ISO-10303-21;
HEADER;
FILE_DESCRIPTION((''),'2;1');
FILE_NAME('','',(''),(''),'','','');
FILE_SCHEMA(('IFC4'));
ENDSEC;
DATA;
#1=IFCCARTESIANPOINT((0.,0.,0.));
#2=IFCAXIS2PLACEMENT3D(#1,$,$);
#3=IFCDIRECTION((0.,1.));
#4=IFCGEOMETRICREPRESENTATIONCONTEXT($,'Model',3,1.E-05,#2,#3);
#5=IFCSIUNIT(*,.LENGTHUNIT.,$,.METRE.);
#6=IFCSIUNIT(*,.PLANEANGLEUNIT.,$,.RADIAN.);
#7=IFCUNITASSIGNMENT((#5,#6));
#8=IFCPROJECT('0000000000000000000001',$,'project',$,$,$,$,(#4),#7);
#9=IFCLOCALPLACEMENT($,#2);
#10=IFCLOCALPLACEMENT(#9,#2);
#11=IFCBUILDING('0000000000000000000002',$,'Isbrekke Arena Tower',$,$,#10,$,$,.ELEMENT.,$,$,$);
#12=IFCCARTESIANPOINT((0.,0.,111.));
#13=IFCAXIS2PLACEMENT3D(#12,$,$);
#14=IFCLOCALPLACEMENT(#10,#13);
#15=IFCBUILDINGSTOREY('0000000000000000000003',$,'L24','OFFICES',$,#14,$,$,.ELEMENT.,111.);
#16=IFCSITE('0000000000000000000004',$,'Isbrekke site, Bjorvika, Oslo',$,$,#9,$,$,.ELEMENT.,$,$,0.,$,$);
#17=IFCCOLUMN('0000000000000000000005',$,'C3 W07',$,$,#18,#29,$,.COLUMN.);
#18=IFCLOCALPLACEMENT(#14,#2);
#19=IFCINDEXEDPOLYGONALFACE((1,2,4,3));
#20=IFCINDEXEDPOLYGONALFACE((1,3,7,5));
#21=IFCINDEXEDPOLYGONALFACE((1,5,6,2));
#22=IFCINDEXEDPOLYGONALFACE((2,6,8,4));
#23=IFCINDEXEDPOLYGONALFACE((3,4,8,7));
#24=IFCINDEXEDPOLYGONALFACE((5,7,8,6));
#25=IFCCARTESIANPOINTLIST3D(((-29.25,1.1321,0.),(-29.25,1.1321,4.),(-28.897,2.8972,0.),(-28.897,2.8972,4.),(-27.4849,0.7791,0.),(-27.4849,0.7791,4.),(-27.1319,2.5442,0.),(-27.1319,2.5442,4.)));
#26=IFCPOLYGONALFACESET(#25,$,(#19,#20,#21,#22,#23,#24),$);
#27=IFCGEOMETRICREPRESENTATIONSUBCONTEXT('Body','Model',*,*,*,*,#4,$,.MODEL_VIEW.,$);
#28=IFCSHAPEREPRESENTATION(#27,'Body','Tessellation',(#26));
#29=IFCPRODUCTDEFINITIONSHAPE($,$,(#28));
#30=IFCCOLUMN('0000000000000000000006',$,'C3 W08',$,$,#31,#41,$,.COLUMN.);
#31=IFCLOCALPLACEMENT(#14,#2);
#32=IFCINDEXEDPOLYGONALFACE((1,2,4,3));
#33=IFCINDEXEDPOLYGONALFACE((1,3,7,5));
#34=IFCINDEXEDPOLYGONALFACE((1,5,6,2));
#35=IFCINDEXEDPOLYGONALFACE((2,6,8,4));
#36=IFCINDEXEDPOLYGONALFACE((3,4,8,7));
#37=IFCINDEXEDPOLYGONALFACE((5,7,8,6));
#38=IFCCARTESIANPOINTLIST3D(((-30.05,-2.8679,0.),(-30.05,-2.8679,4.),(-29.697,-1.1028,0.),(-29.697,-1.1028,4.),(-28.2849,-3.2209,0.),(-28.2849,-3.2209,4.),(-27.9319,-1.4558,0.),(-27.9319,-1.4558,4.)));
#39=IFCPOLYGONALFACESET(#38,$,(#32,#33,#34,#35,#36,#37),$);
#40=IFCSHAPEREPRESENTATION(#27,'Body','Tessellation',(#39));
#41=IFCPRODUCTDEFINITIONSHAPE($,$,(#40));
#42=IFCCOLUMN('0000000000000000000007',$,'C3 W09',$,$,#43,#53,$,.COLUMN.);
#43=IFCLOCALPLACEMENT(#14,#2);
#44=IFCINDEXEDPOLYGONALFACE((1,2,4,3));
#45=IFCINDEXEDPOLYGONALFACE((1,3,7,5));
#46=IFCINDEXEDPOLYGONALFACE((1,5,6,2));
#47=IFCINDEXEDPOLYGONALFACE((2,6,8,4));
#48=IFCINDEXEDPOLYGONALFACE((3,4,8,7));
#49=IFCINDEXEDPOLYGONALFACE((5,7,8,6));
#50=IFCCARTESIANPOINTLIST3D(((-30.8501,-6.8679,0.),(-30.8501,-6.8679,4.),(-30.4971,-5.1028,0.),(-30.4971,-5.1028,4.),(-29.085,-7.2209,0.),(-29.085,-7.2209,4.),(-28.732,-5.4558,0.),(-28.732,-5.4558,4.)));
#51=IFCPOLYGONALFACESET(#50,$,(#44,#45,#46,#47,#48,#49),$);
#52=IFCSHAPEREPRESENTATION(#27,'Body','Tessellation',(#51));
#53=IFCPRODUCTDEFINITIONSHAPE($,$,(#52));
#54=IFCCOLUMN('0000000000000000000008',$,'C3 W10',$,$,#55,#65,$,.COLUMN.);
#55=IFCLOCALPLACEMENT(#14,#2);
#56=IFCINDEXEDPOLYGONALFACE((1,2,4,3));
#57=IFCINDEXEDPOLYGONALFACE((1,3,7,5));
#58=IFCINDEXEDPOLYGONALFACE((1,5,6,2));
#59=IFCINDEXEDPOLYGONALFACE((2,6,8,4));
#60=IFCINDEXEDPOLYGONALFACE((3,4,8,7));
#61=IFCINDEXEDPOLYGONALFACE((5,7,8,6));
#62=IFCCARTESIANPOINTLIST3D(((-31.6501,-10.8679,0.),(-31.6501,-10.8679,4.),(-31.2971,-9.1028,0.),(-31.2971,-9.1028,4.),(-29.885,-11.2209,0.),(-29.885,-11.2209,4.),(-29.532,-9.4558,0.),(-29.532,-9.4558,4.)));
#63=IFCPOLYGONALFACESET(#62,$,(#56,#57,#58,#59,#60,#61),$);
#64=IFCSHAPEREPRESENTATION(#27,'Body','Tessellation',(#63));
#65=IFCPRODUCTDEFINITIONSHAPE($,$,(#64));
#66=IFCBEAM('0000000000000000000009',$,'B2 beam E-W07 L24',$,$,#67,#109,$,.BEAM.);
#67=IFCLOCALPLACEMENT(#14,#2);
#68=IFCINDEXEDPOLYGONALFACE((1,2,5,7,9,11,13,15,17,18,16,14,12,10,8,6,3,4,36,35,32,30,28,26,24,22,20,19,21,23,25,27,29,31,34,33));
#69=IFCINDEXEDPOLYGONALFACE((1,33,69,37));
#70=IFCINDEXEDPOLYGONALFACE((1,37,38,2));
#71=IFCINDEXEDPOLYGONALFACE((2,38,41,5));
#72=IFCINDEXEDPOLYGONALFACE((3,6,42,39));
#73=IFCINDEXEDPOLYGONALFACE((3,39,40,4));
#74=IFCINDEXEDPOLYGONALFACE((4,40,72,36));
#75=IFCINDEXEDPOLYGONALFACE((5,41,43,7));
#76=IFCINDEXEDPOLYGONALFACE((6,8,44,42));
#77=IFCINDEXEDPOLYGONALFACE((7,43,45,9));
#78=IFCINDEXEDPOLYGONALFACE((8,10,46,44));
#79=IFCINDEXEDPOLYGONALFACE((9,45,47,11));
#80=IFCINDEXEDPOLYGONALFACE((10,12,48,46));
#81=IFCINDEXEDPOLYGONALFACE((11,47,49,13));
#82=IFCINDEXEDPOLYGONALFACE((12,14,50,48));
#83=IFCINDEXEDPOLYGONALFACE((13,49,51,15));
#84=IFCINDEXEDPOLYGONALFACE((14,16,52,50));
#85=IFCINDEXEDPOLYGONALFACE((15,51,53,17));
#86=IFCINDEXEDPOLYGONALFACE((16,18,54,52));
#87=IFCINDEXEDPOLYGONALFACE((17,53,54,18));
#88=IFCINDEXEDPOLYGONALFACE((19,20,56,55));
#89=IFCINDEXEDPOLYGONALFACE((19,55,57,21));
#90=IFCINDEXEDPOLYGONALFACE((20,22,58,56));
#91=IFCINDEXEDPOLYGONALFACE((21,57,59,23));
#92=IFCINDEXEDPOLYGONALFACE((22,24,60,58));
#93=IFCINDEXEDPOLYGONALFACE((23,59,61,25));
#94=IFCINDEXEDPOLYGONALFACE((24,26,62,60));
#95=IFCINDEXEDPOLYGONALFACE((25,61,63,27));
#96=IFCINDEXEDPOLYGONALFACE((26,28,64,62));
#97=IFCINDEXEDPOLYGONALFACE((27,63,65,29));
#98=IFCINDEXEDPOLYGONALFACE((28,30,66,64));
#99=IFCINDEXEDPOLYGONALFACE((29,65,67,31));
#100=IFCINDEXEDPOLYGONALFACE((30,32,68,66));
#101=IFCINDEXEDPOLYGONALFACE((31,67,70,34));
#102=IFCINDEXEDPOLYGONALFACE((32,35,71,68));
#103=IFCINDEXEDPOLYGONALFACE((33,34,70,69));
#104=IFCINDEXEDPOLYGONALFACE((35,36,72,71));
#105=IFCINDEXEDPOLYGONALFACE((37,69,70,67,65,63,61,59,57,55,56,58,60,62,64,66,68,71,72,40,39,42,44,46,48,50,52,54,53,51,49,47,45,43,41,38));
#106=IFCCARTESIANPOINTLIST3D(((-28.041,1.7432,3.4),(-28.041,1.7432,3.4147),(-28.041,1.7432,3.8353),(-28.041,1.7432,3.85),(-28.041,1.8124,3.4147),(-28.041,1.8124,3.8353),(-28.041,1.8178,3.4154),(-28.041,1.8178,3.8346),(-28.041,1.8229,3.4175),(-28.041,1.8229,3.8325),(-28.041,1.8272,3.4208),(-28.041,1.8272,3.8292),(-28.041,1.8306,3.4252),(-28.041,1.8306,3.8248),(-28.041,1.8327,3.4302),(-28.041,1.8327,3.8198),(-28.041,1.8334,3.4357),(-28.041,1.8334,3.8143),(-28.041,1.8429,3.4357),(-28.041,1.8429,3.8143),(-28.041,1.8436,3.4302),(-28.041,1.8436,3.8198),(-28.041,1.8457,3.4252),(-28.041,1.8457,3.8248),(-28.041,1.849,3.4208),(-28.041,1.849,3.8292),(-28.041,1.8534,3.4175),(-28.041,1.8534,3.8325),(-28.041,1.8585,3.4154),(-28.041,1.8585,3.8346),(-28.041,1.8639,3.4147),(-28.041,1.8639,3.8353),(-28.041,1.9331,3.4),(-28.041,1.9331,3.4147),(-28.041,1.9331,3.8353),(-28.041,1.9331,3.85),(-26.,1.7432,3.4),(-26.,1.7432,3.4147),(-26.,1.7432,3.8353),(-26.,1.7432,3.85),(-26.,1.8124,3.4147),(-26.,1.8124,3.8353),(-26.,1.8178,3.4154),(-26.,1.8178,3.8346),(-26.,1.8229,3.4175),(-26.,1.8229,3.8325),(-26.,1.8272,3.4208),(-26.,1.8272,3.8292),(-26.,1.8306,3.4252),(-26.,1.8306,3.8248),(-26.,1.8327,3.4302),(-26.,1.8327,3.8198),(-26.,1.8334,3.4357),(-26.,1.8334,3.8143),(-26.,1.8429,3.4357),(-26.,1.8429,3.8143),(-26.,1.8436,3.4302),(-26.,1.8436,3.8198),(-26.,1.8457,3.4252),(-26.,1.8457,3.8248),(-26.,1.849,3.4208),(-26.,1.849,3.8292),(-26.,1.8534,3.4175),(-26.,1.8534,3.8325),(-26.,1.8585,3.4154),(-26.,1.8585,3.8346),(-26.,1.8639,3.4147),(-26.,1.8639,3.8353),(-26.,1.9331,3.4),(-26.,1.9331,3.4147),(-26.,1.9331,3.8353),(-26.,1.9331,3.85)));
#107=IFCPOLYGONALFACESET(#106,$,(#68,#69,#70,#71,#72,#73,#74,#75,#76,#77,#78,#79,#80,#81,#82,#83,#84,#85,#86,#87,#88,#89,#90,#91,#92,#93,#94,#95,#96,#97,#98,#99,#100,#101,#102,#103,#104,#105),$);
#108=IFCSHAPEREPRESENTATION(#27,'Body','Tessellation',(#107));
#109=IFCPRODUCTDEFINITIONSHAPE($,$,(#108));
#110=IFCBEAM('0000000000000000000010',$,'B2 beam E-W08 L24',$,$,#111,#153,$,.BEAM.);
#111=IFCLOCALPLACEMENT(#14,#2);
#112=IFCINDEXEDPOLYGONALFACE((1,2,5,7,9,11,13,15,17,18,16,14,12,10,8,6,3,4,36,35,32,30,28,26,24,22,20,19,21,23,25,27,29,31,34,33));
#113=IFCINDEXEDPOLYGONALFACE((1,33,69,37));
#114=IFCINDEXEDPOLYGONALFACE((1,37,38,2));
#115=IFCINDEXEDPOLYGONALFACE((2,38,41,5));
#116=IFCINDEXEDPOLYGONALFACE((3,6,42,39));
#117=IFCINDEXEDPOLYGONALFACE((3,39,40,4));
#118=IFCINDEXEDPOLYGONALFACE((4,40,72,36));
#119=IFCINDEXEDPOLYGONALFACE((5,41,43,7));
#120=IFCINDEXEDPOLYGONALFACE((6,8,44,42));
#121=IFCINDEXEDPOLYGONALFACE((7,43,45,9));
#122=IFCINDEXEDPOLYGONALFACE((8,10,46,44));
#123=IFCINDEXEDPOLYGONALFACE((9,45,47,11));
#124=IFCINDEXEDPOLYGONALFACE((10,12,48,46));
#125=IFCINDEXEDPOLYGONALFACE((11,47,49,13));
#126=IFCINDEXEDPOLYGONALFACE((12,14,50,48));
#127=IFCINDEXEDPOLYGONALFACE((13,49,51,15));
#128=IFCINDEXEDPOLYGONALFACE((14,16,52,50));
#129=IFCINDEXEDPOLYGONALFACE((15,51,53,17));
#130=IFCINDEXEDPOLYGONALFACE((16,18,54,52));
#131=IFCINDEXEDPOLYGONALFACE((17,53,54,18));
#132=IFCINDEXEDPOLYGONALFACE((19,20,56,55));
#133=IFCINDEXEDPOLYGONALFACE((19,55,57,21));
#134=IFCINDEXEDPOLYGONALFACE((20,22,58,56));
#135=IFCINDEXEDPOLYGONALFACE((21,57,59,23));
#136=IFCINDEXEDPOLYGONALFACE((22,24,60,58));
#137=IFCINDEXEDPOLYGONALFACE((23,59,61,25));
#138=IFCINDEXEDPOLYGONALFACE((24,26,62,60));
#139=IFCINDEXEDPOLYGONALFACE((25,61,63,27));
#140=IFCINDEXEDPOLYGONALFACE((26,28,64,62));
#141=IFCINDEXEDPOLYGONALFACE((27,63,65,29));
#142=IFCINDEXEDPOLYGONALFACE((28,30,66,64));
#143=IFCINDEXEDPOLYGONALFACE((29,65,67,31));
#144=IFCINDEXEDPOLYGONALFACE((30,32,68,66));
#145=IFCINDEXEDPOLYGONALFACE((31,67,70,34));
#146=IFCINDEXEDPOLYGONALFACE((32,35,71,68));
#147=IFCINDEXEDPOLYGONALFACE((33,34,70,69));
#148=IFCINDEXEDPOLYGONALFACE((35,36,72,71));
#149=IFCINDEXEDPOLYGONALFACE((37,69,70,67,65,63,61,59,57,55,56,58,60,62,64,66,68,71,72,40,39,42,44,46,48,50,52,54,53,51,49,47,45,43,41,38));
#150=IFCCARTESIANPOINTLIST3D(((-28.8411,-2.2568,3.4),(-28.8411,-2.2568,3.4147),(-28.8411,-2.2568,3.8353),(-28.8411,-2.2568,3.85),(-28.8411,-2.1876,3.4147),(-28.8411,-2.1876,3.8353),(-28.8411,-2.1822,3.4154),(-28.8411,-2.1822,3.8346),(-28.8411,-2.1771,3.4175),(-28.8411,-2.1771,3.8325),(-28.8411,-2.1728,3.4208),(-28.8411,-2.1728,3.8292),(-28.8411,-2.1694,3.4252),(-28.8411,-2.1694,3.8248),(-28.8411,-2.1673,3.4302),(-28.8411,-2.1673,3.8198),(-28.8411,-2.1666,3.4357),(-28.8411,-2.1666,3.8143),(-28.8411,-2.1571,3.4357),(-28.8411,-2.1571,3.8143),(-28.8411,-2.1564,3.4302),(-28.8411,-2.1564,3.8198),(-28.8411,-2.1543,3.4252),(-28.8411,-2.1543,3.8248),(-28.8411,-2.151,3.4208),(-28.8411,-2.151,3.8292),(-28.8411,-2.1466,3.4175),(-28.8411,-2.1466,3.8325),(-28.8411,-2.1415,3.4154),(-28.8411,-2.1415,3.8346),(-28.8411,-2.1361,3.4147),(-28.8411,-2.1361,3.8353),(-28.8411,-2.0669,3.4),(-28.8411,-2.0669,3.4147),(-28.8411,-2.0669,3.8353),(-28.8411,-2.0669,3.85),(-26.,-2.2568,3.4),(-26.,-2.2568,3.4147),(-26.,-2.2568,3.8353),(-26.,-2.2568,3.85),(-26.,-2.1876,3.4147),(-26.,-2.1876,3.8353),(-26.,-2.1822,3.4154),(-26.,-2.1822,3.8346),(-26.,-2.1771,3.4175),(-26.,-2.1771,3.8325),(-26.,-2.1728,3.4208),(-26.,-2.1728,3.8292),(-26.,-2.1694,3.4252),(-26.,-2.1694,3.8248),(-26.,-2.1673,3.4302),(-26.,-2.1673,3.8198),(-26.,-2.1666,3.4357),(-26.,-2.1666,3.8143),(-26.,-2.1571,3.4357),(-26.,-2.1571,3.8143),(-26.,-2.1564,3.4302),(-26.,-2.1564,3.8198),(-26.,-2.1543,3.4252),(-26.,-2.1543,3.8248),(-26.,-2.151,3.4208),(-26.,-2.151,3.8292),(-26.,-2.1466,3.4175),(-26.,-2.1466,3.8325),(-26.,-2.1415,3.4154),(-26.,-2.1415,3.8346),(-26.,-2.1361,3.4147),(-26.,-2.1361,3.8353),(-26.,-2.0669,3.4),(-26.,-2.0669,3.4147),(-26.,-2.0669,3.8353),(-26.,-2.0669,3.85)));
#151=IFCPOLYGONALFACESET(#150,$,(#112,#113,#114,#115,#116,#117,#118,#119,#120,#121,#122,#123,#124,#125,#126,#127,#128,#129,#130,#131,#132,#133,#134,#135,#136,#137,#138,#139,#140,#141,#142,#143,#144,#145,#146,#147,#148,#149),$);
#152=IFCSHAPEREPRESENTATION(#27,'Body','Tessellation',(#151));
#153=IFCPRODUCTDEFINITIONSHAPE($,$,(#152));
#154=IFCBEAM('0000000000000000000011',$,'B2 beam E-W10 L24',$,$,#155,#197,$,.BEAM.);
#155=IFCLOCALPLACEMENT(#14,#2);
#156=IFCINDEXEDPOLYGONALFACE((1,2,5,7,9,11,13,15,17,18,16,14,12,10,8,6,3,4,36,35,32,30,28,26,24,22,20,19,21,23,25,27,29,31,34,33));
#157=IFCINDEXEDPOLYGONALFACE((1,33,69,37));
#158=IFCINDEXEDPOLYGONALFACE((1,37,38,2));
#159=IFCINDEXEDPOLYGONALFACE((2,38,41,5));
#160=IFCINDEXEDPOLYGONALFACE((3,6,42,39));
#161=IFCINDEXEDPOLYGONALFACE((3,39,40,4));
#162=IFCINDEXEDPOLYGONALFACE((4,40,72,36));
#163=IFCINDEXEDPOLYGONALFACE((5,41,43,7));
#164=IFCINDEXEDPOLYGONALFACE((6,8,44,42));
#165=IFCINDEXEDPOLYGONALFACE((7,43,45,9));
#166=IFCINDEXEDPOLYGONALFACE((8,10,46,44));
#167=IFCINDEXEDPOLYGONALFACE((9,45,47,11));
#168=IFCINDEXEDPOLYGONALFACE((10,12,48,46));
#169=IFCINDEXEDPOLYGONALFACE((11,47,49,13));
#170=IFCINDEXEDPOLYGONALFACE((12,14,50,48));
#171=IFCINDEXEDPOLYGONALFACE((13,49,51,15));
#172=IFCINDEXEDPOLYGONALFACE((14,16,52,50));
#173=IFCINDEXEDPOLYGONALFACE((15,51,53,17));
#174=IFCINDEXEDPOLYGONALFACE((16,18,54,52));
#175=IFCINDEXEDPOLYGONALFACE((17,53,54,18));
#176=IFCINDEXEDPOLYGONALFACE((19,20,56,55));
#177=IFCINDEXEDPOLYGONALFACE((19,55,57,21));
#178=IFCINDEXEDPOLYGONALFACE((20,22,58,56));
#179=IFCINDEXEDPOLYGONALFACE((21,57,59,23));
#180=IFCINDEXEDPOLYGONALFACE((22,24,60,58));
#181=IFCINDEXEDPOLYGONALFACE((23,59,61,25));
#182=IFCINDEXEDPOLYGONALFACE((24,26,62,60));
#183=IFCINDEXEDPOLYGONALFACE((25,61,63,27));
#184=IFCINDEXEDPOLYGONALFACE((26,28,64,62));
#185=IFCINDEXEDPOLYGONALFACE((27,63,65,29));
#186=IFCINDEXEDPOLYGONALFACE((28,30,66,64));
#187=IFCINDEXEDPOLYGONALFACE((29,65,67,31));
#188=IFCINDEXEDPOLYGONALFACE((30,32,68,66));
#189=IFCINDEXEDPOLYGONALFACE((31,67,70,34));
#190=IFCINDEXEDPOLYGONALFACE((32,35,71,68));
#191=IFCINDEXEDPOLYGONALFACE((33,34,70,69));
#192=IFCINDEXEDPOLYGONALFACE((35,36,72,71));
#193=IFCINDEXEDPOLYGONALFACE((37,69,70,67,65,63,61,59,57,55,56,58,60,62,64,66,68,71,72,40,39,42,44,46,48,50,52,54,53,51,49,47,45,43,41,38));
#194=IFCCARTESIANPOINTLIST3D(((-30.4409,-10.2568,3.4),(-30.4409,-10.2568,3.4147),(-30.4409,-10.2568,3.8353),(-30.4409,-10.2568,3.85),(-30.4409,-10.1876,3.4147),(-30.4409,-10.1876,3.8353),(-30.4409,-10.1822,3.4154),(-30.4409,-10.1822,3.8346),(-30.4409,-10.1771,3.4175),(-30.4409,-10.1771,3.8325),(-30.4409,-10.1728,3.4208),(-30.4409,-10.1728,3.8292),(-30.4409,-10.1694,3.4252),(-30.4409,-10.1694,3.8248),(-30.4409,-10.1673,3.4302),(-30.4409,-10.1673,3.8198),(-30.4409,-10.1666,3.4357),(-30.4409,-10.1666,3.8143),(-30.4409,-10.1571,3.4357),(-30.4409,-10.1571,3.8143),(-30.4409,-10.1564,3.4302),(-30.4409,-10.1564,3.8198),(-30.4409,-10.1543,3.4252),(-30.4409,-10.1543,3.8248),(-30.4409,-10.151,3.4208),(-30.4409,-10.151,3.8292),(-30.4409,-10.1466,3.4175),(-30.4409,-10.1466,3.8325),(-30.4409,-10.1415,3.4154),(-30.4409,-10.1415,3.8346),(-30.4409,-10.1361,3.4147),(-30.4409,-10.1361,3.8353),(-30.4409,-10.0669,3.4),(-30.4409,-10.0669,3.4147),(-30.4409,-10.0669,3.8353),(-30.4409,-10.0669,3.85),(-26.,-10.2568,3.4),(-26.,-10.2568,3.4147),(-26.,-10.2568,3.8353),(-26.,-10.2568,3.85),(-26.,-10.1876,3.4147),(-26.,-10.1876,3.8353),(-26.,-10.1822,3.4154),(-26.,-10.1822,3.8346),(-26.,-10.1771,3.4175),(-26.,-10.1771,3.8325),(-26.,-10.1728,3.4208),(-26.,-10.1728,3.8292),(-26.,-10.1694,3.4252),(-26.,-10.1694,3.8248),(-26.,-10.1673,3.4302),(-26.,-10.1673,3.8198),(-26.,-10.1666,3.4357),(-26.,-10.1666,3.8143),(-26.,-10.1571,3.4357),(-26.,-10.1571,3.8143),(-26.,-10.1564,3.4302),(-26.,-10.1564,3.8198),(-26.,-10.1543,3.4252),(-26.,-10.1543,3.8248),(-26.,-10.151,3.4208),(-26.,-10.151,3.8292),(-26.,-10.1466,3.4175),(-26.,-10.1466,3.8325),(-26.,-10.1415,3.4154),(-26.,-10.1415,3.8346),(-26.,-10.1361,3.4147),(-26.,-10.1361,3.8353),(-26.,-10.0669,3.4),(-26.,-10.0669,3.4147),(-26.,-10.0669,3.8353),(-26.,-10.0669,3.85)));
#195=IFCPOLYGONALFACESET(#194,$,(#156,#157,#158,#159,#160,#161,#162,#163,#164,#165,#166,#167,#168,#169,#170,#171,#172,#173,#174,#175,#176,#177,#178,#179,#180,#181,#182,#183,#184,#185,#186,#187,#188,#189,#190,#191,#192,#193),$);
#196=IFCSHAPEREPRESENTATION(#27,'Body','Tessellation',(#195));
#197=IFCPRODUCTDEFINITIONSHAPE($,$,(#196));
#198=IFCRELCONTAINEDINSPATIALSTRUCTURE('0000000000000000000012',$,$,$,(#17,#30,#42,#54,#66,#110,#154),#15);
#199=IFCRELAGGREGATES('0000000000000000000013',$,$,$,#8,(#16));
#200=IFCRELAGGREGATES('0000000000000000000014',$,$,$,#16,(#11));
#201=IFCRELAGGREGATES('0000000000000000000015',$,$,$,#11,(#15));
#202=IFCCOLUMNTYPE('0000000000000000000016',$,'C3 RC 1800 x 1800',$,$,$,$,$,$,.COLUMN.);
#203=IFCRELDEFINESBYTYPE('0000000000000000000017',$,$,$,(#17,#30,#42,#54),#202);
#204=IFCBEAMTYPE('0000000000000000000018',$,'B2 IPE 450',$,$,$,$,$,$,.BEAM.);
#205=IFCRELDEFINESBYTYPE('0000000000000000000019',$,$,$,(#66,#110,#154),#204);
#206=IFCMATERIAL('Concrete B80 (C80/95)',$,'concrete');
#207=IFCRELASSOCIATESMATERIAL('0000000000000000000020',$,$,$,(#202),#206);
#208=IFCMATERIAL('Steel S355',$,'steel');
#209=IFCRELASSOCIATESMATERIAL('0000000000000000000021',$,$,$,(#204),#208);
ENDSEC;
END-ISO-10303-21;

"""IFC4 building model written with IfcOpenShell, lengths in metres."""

from ifc_helpers import new_model, si_unit, direction, frame, origin, origin_2d, place, context, subcontext, project, spatial, rectangle, i_section, extrude, material, material_profile, profile_set, type_object, element, save


model = new_model("IFC4")

# Units and contexts
model_context = context("Model", 3, precision=1e-05, world=origin(), true_north=direction((0.0, 1.0)))
body_context = subcontext(model_context, "Body", "Model", "MODEL_VIEW")
ifc_project = project(units=[si_unit("LENGTHUNIT", "METRE"), si_unit("PLANEANGLEUNIT", "RADIAN")], contexts=[model_context])

# Site, building, storey
site_placement = place(None, origin())
site = spatial("IfcSite", under=ifc_project, at=site_placement, Name="Isbrekke site, Bjorvika, Oslo", CompositionType="ELEMENT", RefElevation=0.0)
building_placement = place(site_placement, origin())
building = spatial("IfcBuilding", under=site, at=building_placement, Name="Isbrekke Arena Tower", CompositionType="ELEMENT")
storey_placement = place(building_placement, frame((0.0, 0.0, 111.0)))
storey = spatial("IfcBuildingStorey", under=building, at=storey_placement, Name="L24", Description="OFFICES", CompositionType="ELEMENT", Elevation=111.0)

# Columns
ifc_material_1 = material(Name="Concrete B80 (C80/95)", Category="concrete")
ifc_material_profile_1 = material_profile(ifc_material_1, rectangle(XDim=1.8, YDim=1.8, at=origin_2d()), Name="RC 1800x1800")
ifc_profile_set_1 = profile_set([ifc_material_profile_1], Name="Concrete B80 (C80/95)")
column_type = type_object("IfcColumnType", Name="C3 RC 1800 x 1800", PredefinedType="COLUMN", material=ifc_profile_set_1)
for number, where, z_axis, x_axis, name in (
    (1, (-28.1909, 1.8381, 0.0), (0.0, 0.0, 1.0), (-0.196116, -0.980581, 0.0), "C3 W07"),
    (2, (-28.991, -2.1619, 0.0), (0.0, 0.0, 1.0), (-0.196116, -0.980581, 0.0), "C3 W08"),
    (3, (-29.791, -6.1619, 0.0), (0.0, 0.0, 1.0), (-0.196116, -0.980581, 0.0), "C3 W09"),
    (4, (-30.5911, -10.1619, 0.0), (0.0, 0.0, 1.0), (-0.196116, -0.980581, 0.0), "C3 W10"),
):
    element("IfcColumn", number, at=place(storey_placement, frame(where, z_axis=z_axis, x_axis=x_axis)), inside=storey, type_object=column_type, Name=name, PredefinedType="COLUMN", context=body_context, shape_type="SweptSolid", body=[
        extrude(rectangle(XDim=1.8, YDim=1.8, at=origin_2d()), origin(), (0.0, 0.0, 1.0), 4.0),
    ])

# Beams
ifc_material_2 = material(Name="Steel S355", Category="steel")
ifc_material_profile_2 = material_profile(ifc_material_2, i_section(OverallWidth=0.1899, OverallDepth=0.45, WebThickness=0.0095, FlangeThickness=0.0146, FilletRadius=0.021, at=origin_2d()), Name="IPE 450")
ifc_profile_set_2 = profile_set([ifc_material_profile_2], Name="Steel S355")
beam_type_1 = type_object("IfcBeamType", Name="B2 IPE 450", PredefinedType="BEAM", material=ifc_profile_set_2)
beam_1_placement = place(storey_placement, frame((-28.041, 1.8381, 3.625), z_axis=(1.0, 0.0, 0.0), x_axis=(0.0, 1.0, 0.0)))
element("IfcBeam", 5, at=beam_1_placement, inside=storey, type_object=beam_type_1, Name="B2 beam E-W07 L24", PredefinedType="BEAM", context=body_context, shape_type="SweptSolid", body=[
    extrude(i_section(OverallWidth=0.1899, OverallDepth=0.45, WebThickness=0.0095, FlangeThickness=0.0146, FilletRadius=0.021, at=origin_2d()), origin(), (0.0, 0.0, 1.0), 2.041),
])
beam_2_placement = place(storey_placement, frame((-28.8411, -2.1619, 3.625), z_axis=(1.0, 0.0, 0.0), x_axis=(0.0, 1.0, 0.0)))
element("IfcBeam", 6, at=beam_2_placement, inside=storey, type_object=beam_type_1, Name="B2 beam E-W08 L24", PredefinedType="BEAM", context=body_context, shape_type="SweptSolid", body=[
    extrude(i_section(OverallWidth=0.1899, OverallDepth=0.45, WebThickness=0.0095, FlangeThickness=0.0146, FilletRadius=0.021, at=origin_2d()), origin(), (0.0, 0.0, 1.0), 2.8411),
])
beam_3_placement = place(storey_placement, frame((-30.4409, -10.1619, 3.625), z_axis=(1.0, 0.0, 0.0), x_axis=(0.0, 1.0, 0.0)))
element("IfcBeam", 7, at=beam_3_placement, inside=storey, type_object=beam_type_1, Name="B2 beam E-W10 L24", PredefinedType="BEAM", context=body_context, shape_type="SweptSolid", body=[
    extrude(i_section(OverallWidth=0.1899, OverallDepth=0.45, WebThickness=0.0095, FlangeThickness=0.0146, FilletRadius=0.021, at=origin_2d()), origin(), (0.0, 0.0, 1.0), 4.4409),
])

save(model, "model.ifc")
